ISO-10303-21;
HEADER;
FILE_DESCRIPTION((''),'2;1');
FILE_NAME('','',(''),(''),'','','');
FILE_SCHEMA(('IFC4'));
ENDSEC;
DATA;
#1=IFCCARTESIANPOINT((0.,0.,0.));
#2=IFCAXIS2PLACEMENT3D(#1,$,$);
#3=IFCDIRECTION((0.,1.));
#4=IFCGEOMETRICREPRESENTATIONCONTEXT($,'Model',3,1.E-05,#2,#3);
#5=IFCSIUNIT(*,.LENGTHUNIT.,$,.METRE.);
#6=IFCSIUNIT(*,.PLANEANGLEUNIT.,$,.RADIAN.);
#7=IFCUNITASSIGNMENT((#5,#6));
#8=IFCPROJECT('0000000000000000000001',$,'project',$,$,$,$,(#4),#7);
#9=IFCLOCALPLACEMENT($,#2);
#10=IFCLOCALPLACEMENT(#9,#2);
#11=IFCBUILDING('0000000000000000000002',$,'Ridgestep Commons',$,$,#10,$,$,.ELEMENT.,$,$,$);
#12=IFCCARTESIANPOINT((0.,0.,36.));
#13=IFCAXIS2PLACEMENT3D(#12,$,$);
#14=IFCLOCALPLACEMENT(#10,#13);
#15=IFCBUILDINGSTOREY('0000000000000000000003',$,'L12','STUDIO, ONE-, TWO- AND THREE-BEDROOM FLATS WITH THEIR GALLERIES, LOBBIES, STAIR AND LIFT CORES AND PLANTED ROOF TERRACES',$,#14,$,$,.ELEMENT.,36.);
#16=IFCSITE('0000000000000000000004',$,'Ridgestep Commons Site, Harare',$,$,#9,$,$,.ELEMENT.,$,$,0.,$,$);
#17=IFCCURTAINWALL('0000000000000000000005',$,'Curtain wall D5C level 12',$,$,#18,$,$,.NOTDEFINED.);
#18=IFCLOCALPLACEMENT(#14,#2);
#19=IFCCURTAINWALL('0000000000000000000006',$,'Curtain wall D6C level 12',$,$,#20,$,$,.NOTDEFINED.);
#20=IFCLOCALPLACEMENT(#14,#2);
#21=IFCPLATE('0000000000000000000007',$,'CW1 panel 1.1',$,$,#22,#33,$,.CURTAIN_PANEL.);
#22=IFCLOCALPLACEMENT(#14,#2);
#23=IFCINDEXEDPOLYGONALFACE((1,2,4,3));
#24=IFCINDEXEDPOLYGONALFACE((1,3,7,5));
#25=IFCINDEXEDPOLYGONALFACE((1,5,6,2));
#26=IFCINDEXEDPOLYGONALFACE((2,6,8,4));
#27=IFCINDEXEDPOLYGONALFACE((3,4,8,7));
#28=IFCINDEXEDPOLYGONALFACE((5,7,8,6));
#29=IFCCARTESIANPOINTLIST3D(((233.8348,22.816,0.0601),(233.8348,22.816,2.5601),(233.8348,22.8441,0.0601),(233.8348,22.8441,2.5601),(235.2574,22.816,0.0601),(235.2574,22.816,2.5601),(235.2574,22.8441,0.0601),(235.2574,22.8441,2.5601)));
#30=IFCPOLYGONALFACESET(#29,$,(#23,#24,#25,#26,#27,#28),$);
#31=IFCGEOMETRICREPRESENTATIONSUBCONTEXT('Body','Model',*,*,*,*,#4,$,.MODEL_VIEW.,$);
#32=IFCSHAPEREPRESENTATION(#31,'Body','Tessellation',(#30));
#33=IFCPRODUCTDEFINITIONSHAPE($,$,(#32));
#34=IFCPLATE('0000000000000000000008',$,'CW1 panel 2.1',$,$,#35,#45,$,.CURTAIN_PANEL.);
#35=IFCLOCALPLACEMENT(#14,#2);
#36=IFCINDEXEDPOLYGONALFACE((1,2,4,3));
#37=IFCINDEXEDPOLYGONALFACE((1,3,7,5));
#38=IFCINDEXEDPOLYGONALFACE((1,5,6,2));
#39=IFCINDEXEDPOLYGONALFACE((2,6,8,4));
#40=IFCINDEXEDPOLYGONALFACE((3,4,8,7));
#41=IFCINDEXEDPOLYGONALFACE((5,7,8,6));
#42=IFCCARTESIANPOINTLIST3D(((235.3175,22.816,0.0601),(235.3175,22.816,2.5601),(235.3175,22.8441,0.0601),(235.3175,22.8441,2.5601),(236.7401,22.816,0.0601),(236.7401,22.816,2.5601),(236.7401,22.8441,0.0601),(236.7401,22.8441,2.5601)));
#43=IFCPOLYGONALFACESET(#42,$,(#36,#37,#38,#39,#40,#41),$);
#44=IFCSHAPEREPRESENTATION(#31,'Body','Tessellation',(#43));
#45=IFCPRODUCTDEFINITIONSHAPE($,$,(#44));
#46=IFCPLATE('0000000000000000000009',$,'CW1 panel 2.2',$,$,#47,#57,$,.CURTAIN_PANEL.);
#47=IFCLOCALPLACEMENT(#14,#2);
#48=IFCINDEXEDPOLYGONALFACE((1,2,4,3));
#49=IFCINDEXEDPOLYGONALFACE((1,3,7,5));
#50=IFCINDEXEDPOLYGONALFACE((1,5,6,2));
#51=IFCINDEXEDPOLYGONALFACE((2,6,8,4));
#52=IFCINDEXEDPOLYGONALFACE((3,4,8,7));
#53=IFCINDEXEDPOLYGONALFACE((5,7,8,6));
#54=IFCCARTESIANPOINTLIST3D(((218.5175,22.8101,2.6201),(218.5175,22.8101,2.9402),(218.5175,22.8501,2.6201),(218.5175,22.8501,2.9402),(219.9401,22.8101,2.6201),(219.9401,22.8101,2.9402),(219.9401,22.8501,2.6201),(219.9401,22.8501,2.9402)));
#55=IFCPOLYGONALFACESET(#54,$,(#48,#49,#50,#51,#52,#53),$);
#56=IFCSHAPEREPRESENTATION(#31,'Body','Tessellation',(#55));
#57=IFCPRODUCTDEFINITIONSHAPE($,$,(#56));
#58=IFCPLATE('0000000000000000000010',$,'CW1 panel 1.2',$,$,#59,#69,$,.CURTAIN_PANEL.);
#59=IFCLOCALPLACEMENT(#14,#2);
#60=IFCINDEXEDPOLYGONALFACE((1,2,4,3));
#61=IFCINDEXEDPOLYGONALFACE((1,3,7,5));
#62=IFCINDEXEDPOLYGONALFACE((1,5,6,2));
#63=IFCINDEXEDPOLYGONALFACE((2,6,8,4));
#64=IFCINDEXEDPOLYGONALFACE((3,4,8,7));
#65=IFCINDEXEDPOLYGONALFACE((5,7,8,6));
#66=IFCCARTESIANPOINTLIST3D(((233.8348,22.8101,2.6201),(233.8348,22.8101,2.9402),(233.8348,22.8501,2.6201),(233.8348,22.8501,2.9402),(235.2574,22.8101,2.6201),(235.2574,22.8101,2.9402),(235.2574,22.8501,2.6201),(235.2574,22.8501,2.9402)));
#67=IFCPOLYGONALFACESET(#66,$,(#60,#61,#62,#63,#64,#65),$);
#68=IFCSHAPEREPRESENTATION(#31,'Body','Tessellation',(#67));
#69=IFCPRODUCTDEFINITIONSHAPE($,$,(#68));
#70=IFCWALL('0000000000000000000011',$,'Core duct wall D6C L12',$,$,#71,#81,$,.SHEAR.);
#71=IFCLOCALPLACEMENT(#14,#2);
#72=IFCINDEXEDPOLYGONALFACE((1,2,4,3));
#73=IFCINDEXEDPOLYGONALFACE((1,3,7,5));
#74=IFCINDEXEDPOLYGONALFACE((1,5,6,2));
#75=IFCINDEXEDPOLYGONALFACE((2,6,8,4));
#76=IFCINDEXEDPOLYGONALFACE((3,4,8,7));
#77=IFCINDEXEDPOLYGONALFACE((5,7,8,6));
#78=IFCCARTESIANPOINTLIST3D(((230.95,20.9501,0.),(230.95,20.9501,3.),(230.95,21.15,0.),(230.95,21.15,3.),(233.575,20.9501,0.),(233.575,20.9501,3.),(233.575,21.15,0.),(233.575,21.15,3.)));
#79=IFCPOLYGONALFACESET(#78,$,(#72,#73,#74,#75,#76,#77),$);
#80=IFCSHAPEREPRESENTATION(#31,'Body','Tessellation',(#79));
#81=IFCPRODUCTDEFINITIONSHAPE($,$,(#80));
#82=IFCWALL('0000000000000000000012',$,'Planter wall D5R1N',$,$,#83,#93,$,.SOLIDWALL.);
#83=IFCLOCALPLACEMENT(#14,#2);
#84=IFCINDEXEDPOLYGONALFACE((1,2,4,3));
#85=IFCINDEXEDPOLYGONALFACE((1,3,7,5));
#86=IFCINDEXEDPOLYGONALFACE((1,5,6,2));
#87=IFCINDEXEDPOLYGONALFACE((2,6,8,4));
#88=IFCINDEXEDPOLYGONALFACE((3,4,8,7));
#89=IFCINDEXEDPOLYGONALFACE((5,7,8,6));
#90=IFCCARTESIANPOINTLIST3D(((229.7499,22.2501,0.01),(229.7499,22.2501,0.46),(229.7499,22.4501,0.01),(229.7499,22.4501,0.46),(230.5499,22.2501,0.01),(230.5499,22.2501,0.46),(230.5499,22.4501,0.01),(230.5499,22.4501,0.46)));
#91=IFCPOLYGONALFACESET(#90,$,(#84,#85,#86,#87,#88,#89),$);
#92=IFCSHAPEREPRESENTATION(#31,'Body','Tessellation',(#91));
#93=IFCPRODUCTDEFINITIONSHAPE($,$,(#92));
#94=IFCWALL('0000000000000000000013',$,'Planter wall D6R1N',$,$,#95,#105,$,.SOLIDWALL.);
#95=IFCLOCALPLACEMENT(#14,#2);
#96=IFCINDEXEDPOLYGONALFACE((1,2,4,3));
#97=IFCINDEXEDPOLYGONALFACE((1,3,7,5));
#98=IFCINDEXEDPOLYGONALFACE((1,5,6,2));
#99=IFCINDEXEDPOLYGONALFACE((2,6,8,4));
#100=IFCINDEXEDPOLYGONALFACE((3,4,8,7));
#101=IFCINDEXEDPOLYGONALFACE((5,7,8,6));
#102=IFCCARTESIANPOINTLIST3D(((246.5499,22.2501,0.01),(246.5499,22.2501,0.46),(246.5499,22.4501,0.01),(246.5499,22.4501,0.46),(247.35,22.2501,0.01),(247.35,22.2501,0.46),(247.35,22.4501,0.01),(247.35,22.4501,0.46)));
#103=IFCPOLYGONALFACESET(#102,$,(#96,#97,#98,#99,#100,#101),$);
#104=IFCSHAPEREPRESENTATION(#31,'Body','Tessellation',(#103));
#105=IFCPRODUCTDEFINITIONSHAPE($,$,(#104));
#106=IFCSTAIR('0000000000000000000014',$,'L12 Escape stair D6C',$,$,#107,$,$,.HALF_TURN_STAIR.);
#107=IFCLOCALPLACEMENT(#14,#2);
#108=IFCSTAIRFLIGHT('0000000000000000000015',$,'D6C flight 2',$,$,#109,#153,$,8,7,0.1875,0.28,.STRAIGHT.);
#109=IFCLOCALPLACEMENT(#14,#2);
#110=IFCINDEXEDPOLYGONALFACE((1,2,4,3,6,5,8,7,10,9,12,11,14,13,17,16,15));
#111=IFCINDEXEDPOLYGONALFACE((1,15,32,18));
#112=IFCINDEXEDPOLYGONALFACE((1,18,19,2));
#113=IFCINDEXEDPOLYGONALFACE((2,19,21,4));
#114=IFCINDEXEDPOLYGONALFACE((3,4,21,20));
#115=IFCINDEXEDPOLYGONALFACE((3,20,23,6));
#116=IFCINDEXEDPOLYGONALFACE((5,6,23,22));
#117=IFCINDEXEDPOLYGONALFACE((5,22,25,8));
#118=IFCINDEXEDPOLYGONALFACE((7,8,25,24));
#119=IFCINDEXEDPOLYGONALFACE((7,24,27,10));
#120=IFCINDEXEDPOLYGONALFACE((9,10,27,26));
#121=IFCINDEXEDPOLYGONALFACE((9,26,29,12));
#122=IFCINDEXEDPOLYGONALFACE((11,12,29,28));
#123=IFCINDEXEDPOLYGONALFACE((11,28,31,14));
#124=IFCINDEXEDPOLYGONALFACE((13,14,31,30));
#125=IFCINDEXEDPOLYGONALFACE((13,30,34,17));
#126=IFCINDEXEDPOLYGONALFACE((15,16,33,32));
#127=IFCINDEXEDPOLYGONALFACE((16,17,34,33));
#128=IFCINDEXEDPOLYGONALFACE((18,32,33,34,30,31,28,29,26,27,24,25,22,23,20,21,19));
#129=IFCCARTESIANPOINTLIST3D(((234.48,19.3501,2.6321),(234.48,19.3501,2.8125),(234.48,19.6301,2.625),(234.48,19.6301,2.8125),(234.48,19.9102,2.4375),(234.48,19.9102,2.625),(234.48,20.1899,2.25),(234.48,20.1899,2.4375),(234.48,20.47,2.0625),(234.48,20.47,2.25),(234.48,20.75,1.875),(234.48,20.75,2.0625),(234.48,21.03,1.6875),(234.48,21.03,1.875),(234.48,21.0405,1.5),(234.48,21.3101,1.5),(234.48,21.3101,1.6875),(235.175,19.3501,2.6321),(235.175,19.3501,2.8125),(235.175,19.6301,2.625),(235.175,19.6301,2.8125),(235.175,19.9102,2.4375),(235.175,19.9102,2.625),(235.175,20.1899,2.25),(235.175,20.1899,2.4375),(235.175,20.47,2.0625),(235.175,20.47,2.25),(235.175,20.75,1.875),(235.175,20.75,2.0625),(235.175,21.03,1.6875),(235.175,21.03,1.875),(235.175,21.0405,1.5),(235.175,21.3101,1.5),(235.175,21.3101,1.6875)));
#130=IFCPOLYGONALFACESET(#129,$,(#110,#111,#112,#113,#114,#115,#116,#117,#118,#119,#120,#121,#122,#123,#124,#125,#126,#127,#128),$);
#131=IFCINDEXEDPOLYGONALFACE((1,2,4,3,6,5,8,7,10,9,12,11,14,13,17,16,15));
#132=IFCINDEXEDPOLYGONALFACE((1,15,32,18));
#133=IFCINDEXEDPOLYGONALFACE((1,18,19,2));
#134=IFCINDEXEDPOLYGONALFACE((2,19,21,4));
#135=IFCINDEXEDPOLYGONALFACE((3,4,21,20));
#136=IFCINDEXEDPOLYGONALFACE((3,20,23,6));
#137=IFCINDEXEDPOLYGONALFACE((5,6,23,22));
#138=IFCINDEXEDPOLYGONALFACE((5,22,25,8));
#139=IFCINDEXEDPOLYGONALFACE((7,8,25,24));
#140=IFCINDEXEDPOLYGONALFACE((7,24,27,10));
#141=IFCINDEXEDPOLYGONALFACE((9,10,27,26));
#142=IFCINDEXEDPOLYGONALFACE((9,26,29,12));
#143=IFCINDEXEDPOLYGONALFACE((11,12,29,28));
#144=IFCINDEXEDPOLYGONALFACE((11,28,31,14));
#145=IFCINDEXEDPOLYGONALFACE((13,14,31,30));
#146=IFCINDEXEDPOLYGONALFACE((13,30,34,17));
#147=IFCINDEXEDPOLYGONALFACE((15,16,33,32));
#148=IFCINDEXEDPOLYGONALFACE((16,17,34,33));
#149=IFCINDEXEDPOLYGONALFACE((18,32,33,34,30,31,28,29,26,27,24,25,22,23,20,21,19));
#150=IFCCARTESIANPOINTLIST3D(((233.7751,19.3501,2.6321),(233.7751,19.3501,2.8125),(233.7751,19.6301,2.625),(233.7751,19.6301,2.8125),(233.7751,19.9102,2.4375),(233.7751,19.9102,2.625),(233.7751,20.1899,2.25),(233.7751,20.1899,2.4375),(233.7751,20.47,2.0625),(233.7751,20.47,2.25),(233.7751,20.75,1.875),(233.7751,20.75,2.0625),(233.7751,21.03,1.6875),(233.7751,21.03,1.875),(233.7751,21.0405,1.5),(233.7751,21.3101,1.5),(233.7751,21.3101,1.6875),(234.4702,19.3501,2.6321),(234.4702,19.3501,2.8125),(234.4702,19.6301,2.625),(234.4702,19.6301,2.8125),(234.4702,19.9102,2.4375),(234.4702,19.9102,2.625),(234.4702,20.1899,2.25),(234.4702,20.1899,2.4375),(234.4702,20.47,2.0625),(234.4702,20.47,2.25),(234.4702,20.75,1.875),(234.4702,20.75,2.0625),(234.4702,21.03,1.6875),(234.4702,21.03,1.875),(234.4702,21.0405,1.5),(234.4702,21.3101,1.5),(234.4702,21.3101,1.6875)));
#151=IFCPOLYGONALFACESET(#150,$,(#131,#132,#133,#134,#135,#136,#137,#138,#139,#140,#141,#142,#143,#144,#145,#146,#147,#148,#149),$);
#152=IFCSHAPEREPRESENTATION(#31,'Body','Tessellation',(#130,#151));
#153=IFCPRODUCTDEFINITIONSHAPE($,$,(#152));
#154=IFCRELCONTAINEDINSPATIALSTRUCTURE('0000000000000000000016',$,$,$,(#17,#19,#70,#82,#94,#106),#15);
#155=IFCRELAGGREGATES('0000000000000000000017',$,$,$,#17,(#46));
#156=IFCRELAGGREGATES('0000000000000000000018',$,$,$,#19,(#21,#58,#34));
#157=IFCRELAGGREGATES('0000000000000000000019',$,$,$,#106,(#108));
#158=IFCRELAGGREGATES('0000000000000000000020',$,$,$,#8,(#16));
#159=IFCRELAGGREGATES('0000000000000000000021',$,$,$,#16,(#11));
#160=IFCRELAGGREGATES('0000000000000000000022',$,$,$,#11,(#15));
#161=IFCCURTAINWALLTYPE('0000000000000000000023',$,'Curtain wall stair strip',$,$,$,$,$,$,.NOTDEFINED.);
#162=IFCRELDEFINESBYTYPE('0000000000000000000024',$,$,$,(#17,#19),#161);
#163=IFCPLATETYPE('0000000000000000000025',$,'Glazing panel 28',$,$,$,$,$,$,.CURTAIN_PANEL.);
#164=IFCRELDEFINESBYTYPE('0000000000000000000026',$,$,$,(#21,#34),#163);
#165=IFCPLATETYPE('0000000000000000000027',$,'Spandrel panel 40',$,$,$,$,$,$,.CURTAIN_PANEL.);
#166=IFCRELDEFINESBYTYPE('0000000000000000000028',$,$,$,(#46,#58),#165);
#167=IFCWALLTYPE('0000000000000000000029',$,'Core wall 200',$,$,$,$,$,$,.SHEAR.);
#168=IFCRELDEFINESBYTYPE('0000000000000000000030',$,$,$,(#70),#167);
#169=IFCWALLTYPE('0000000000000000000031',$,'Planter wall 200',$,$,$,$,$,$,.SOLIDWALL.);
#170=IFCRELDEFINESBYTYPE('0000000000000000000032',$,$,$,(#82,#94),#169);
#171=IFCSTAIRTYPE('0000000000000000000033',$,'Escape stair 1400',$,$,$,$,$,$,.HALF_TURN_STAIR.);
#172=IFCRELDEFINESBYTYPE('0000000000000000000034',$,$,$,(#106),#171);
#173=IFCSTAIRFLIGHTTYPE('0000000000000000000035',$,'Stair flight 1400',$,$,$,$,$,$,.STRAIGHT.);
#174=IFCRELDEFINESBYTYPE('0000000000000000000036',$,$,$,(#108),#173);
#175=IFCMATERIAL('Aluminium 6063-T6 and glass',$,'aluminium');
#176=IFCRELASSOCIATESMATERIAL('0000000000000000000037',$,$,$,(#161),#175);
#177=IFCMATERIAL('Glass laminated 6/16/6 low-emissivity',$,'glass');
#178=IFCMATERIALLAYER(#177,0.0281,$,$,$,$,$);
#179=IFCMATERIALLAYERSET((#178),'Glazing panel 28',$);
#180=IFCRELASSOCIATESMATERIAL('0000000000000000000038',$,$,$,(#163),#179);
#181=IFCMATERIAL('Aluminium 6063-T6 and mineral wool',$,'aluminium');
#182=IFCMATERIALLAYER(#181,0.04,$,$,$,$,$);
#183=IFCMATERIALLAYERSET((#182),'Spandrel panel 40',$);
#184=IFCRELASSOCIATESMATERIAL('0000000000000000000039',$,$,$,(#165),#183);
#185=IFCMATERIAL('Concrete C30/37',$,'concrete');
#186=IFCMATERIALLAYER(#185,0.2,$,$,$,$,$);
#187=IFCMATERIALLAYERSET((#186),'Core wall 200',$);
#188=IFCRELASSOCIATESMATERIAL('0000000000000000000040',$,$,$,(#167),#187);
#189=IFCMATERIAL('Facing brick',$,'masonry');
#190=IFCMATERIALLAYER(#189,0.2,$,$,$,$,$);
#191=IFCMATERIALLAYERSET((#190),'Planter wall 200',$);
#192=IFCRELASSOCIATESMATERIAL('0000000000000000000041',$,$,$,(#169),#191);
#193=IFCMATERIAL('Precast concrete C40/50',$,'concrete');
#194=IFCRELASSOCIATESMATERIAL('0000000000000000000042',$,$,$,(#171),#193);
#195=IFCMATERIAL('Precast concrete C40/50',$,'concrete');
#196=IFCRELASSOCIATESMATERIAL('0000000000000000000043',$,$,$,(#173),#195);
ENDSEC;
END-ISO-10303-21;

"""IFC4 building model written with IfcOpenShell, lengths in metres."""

from ifc_helpers import new_model, si_unit, direction, frame, frame_2d, origin, origin_2d, place, context, subcontext, project, spatial, polyline, rectangle, outline, extrude, material, layer, layer_set, type_object, element, aggregate, save


model = new_model("IFC4")

# Units and contexts
model_context = context("Model", 3, precision=1e-05, world=origin(), true_north=direction((0.0, 1.0)))
body_context = subcontext(model_context, "Body", "Model", "MODEL_VIEW")
ifc_project = project(units=[si_unit("LENGTHUNIT", "METRE"), si_unit("PLANEANGLEUNIT", "RADIAN")], contexts=[model_context])

# Site, building, storey
site_placement = place(None, origin())
site = spatial("IfcSite", under=ifc_project, at=site_placement, Name="Ridgestep Commons Site, Harare", CompositionType="ELEMENT", RefElevation=0.0)
building_placement = place(site_placement, origin())
building = spatial("IfcBuilding", under=site, at=building_placement, Name="Ridgestep Commons", CompositionType="ELEMENT")
storey_placement = place(building_placement, frame((0.0, 0.0, 36.0)))
storey = spatial("IfcBuildingStorey", under=building, at=storey_placement, Name="L12", Description="STUDIO, ONE-, TWO- AND THREE-BEDROOM FLATS WITH THEIR GALLERIES, LOBBIES, STAIR AND LIFT CORES AND PLANTED ROOF TERRACES", CompositionType="ELEMENT", Elevation=36.0)

# Curtain walls
ifc_material_1 = material(Name="Aluminium 6063-T6 and glass", Category="aluminium")
curtain_wall_type = type_object("IfcCurtainWallType", Name="Curtain wall stair strip", PredefinedType="NOTDEFINED", material=ifc_material_1)
curtain_wall_1_placement = place(storey_placement, origin())
curtain_wall_1 = element("IfcCurtainWall", 1, at=curtain_wall_1_placement, inside=storey, type_object=curtain_wall_type, Name="Curtain wall D5C level 12", PredefinedType="NOTDEFINED")
curtain_wall_2_placement = place(storey_placement, origin())
curtain_wall_2 = element("IfcCurtainWall", 2, at=curtain_wall_2_placement, inside=storey, type_object=curtain_wall_type, Name="Curtain wall D6C level 12", PredefinedType="NOTDEFINED")

# Plates
ifc_material_2 = material(Name="Glass laminated 6/16/6 low-emissivity", Category="glass")
ifc_layer_1 = layer(ifc_material_2, 0.0281)
ifc_layer_set_1 = layer_set([ifc_layer_1], Name="Glazing panel 28")
plate_type_1 = type_object("IfcPlateType", Name="Glazing panel 28", PredefinedType="CURTAIN_PANEL", material=ifc_layer_set_1)
plate_1_placement = place(storey_placement, frame((234.5461, 22.8301, 0.0601), z_axis=(0.0, 0.0, 1.0), x_axis=(1.0, 0.0, 0.0)))
plate_1 = element("IfcPlate", 3, at=plate_1_placement, type_object=plate_type_1, Name="CW1 panel 1.1", PredefinedType="CURTAIN_PANEL", context=body_context, shape_type="SweptSolid", body=[
    extrude(rectangle(XDim=1.4226, YDim=0.0281, at=origin_2d()), origin(), (0.0, 0.0, 1.0), 2.5),
])
plate_2_placement = place(storey_placement, frame((236.0288, 22.8301, 0.0601), z_axis=(0.0, 0.0, 1.0), x_axis=(1.0, 0.0, 0.0)))
plate_2 = element("IfcPlate", 4, at=plate_2_placement, type_object=plate_type_1, Name="CW1 panel 2.1", PredefinedType="CURTAIN_PANEL", context=body_context, shape_type="SweptSolid", body=[
    extrude(rectangle(XDim=1.4226, YDim=0.0281, at=origin_2d()), origin(), (0.0, 0.0, 1.0), 2.5),
])
ifc_material_3 = material(Name="Aluminium 6063-T6 and mineral wool", Category="aluminium")
ifc_layer_2 = layer(ifc_material_3, 0.04)
ifc_layer_set_2 = layer_set([ifc_layer_2], Name="Spandrel panel 40")
plate_type_2 = type_object("IfcPlateType", Name="Spandrel panel 40", PredefinedType="CURTAIN_PANEL", material=ifc_layer_set_2)
plate_3_placement = place(storey_placement, frame((219.2288, 22.8301, 2.6201), z_axis=(0.0, 0.0, 1.0), x_axis=(1.0, 0.0, 0.0)))
plate_3 = element("IfcPlate", 5, at=plate_3_placement, type_object=plate_type_2, Name="CW1 panel 2.2", PredefinedType="CURTAIN_PANEL", context=body_context, shape_type="SweptSolid", body=[
    extrude(rectangle(XDim=1.4226, YDim=0.04, at=origin_2d()), origin(), (0.0, 0.0, 1.0), 0.3201),
])
aggregate(curtain_wall_1, [plate_3])
plate_4_placement = place(storey_placement, frame((234.5461, 22.8301, 2.6201), z_axis=(0.0, 0.0, 1.0), x_axis=(1.0, 0.0, 0.0)))
plate_4 = element("IfcPlate", 6, at=plate_4_placement, type_object=plate_type_2, Name="CW1 panel 1.2", PredefinedType="CURTAIN_PANEL", context=body_context, shape_type="SweptSolid", body=[
    extrude(rectangle(XDim=1.4226, YDim=0.04, at=origin_2d()), origin(), (0.0, 0.0, 1.0), 0.3201),
])
aggregate(curtain_wall_2, [plate_1, plate_4, plate_2])

# Walls
ifc_material_4 = material(Name="Concrete C30/37", Category="concrete")
ifc_layer_3 = layer(ifc_material_4, 0.2)
ifc_layer_set_3 = layer_set([ifc_layer_3], Name="Core wall 200")
wall_type_1 = type_object("IfcWallType", Name="Core wall 200", PredefinedType="SHEAR", material=ifc_layer_set_3)
wall_placement = place(storey_placement, frame((230.95, 21.05, 0.0), z_axis=(0.0, 0.0, 1.0), x_axis=(1.0, 0.0, 0.0)))
element("IfcWall", 7, at=wall_placement, inside=storey, type_object=wall_type_1, Name="Core duct wall D6C L12", PredefinedType="SHEAR", context=body_context, shape_type="SweptSolid", body=[
    extrude(rectangle(XDim=2.625, YDim=0.2, at=frame_2d((1.3125, 0.0))), origin(), (0.0, 0.0, 1.0), 3.0),
])
ifc_material_5 = material(Name="Facing brick", Category="masonry")
ifc_layer_4 = layer(ifc_material_5, 0.2)
ifc_layer_set_4 = layer_set([ifc_layer_4], Name="Planter wall 200")
wall_type_2 = type_object("IfcWallType", Name="Planter wall 200", PredefinedType="SOLIDWALL", material=ifc_layer_set_4)
for number, where, z_axis, x_axis, name in (
    (8, (229.75, 22.3501, 0.01), (0.0, 0.0, 1.0), (1.0, 0.0, 0.0), "Planter wall D5R1N"),
    (9, (246.55, 22.3501, 0.01), (0.0, 0.0, 1.0), (1.0, 0.0, 0.0), "Planter wall D6R1N"),
):
    element("IfcWall", number, at=place(storey_placement, frame(where, z_axis=z_axis, x_axis=x_axis)), inside=storey, type_object=wall_type_2, Name=name, PredefinedType="SOLIDWALL", context=body_context, shape_type="SweptSolid", body=[
        extrude(rectangle(XDim=0.8, YDim=0.2, at=frame_2d((0.3999, 0.0))), origin(), (0.0, 0.0, 1.0), 0.45),
    ])

# Stair, stair flight
ifc_material_6 = material(Name="Precast concrete C40/50", Category="concrete")
stair_type = type_object("IfcStairType", Name="Escape stair 1400", PredefinedType="HALF_TURN_STAIR", material=ifc_material_6)
stair_placement = place(storey_placement, origin())
stair = element("IfcStair", 10, at=stair_placement, inside=storey, type_object=stair_type, Name="L12 Escape stair D6C", PredefinedType="HALF_TURN_STAIR")
ifc_material_7 = material(Name="Precast concrete C40/50", Category="concrete")
stair_flight_type = type_object("IfcStairFlightType", Name="Stair flight 1400", PredefinedType="STRAIGHT", material=ifc_material_7)
stair_flight_placement = place(storey_placement, frame((234.4751, 21.3101, 1.5), z_axis=(0.0, 0.0, 1.0), x_axis=(0.0, -1.0, 0.0)))
stair_flight = element("IfcStairFlight", 11, at=stair_flight_placement, type_object=stair_flight_type, Name="D6C flight 2", NumberOfRisers=8, NumberOfTreads=7, PredefinedType="STRAIGHT", RiserHeight=0.1875, TreadLength=0.28, context=body_context, shape_type="SweptSolid", body=[
    extrude(outline(polyline([(0.0, 0.0), (0.0, 0.1875), (0.28, 0.1875), (0.28, 0.375), (0.5601, 0.375), (0.5601, 0.5625), (0.8401, 0.5625), (0.8401, 0.75), (1.1201, 0.75), (1.1201, 0.9375), (1.3999, 0.9375), (1.3999, 1.125), (1.6799, 1.125), (1.6799, 1.3125), (1.96, 1.3125), (1.96, 1.5), (1.96, 1.1321), (0.2695, 0.0), (0.0, 0.0)])), frame((0.0, 0.7, 0.0), z_axis=(0.0, -1.0, 0.0), x_axis=(1.0, 0.0, 0.0)), (0.0, 0.0, 1.0), 0.6951),
    extrude(outline(polyline([(0.0, 0.0), (0.0, 0.1875), (0.28, 0.1875), (0.28, 0.375), (0.5601, 0.375), (0.5601, 0.5625), (0.8401, 0.5625), (0.8401, 0.75), (1.1201, 0.75), (1.1201, 0.9375), (1.3999, 0.9375), (1.3999, 1.125), (1.6799, 1.125), (1.6799, 1.3125), (1.96, 1.3125), (1.96, 1.5), (1.96, 1.1321), (0.2695, 0.0), (0.0, 0.0)])), frame((0.0, -0.0049, 0.0), z_axis=(0.0, -1.0, 0.0), x_axis=(1.0, 0.0, 0.0)), (0.0, 0.0, 1.0), 0.6951),
])
aggregate(stair, [stair_flight])

save(model, "model.ifc")
